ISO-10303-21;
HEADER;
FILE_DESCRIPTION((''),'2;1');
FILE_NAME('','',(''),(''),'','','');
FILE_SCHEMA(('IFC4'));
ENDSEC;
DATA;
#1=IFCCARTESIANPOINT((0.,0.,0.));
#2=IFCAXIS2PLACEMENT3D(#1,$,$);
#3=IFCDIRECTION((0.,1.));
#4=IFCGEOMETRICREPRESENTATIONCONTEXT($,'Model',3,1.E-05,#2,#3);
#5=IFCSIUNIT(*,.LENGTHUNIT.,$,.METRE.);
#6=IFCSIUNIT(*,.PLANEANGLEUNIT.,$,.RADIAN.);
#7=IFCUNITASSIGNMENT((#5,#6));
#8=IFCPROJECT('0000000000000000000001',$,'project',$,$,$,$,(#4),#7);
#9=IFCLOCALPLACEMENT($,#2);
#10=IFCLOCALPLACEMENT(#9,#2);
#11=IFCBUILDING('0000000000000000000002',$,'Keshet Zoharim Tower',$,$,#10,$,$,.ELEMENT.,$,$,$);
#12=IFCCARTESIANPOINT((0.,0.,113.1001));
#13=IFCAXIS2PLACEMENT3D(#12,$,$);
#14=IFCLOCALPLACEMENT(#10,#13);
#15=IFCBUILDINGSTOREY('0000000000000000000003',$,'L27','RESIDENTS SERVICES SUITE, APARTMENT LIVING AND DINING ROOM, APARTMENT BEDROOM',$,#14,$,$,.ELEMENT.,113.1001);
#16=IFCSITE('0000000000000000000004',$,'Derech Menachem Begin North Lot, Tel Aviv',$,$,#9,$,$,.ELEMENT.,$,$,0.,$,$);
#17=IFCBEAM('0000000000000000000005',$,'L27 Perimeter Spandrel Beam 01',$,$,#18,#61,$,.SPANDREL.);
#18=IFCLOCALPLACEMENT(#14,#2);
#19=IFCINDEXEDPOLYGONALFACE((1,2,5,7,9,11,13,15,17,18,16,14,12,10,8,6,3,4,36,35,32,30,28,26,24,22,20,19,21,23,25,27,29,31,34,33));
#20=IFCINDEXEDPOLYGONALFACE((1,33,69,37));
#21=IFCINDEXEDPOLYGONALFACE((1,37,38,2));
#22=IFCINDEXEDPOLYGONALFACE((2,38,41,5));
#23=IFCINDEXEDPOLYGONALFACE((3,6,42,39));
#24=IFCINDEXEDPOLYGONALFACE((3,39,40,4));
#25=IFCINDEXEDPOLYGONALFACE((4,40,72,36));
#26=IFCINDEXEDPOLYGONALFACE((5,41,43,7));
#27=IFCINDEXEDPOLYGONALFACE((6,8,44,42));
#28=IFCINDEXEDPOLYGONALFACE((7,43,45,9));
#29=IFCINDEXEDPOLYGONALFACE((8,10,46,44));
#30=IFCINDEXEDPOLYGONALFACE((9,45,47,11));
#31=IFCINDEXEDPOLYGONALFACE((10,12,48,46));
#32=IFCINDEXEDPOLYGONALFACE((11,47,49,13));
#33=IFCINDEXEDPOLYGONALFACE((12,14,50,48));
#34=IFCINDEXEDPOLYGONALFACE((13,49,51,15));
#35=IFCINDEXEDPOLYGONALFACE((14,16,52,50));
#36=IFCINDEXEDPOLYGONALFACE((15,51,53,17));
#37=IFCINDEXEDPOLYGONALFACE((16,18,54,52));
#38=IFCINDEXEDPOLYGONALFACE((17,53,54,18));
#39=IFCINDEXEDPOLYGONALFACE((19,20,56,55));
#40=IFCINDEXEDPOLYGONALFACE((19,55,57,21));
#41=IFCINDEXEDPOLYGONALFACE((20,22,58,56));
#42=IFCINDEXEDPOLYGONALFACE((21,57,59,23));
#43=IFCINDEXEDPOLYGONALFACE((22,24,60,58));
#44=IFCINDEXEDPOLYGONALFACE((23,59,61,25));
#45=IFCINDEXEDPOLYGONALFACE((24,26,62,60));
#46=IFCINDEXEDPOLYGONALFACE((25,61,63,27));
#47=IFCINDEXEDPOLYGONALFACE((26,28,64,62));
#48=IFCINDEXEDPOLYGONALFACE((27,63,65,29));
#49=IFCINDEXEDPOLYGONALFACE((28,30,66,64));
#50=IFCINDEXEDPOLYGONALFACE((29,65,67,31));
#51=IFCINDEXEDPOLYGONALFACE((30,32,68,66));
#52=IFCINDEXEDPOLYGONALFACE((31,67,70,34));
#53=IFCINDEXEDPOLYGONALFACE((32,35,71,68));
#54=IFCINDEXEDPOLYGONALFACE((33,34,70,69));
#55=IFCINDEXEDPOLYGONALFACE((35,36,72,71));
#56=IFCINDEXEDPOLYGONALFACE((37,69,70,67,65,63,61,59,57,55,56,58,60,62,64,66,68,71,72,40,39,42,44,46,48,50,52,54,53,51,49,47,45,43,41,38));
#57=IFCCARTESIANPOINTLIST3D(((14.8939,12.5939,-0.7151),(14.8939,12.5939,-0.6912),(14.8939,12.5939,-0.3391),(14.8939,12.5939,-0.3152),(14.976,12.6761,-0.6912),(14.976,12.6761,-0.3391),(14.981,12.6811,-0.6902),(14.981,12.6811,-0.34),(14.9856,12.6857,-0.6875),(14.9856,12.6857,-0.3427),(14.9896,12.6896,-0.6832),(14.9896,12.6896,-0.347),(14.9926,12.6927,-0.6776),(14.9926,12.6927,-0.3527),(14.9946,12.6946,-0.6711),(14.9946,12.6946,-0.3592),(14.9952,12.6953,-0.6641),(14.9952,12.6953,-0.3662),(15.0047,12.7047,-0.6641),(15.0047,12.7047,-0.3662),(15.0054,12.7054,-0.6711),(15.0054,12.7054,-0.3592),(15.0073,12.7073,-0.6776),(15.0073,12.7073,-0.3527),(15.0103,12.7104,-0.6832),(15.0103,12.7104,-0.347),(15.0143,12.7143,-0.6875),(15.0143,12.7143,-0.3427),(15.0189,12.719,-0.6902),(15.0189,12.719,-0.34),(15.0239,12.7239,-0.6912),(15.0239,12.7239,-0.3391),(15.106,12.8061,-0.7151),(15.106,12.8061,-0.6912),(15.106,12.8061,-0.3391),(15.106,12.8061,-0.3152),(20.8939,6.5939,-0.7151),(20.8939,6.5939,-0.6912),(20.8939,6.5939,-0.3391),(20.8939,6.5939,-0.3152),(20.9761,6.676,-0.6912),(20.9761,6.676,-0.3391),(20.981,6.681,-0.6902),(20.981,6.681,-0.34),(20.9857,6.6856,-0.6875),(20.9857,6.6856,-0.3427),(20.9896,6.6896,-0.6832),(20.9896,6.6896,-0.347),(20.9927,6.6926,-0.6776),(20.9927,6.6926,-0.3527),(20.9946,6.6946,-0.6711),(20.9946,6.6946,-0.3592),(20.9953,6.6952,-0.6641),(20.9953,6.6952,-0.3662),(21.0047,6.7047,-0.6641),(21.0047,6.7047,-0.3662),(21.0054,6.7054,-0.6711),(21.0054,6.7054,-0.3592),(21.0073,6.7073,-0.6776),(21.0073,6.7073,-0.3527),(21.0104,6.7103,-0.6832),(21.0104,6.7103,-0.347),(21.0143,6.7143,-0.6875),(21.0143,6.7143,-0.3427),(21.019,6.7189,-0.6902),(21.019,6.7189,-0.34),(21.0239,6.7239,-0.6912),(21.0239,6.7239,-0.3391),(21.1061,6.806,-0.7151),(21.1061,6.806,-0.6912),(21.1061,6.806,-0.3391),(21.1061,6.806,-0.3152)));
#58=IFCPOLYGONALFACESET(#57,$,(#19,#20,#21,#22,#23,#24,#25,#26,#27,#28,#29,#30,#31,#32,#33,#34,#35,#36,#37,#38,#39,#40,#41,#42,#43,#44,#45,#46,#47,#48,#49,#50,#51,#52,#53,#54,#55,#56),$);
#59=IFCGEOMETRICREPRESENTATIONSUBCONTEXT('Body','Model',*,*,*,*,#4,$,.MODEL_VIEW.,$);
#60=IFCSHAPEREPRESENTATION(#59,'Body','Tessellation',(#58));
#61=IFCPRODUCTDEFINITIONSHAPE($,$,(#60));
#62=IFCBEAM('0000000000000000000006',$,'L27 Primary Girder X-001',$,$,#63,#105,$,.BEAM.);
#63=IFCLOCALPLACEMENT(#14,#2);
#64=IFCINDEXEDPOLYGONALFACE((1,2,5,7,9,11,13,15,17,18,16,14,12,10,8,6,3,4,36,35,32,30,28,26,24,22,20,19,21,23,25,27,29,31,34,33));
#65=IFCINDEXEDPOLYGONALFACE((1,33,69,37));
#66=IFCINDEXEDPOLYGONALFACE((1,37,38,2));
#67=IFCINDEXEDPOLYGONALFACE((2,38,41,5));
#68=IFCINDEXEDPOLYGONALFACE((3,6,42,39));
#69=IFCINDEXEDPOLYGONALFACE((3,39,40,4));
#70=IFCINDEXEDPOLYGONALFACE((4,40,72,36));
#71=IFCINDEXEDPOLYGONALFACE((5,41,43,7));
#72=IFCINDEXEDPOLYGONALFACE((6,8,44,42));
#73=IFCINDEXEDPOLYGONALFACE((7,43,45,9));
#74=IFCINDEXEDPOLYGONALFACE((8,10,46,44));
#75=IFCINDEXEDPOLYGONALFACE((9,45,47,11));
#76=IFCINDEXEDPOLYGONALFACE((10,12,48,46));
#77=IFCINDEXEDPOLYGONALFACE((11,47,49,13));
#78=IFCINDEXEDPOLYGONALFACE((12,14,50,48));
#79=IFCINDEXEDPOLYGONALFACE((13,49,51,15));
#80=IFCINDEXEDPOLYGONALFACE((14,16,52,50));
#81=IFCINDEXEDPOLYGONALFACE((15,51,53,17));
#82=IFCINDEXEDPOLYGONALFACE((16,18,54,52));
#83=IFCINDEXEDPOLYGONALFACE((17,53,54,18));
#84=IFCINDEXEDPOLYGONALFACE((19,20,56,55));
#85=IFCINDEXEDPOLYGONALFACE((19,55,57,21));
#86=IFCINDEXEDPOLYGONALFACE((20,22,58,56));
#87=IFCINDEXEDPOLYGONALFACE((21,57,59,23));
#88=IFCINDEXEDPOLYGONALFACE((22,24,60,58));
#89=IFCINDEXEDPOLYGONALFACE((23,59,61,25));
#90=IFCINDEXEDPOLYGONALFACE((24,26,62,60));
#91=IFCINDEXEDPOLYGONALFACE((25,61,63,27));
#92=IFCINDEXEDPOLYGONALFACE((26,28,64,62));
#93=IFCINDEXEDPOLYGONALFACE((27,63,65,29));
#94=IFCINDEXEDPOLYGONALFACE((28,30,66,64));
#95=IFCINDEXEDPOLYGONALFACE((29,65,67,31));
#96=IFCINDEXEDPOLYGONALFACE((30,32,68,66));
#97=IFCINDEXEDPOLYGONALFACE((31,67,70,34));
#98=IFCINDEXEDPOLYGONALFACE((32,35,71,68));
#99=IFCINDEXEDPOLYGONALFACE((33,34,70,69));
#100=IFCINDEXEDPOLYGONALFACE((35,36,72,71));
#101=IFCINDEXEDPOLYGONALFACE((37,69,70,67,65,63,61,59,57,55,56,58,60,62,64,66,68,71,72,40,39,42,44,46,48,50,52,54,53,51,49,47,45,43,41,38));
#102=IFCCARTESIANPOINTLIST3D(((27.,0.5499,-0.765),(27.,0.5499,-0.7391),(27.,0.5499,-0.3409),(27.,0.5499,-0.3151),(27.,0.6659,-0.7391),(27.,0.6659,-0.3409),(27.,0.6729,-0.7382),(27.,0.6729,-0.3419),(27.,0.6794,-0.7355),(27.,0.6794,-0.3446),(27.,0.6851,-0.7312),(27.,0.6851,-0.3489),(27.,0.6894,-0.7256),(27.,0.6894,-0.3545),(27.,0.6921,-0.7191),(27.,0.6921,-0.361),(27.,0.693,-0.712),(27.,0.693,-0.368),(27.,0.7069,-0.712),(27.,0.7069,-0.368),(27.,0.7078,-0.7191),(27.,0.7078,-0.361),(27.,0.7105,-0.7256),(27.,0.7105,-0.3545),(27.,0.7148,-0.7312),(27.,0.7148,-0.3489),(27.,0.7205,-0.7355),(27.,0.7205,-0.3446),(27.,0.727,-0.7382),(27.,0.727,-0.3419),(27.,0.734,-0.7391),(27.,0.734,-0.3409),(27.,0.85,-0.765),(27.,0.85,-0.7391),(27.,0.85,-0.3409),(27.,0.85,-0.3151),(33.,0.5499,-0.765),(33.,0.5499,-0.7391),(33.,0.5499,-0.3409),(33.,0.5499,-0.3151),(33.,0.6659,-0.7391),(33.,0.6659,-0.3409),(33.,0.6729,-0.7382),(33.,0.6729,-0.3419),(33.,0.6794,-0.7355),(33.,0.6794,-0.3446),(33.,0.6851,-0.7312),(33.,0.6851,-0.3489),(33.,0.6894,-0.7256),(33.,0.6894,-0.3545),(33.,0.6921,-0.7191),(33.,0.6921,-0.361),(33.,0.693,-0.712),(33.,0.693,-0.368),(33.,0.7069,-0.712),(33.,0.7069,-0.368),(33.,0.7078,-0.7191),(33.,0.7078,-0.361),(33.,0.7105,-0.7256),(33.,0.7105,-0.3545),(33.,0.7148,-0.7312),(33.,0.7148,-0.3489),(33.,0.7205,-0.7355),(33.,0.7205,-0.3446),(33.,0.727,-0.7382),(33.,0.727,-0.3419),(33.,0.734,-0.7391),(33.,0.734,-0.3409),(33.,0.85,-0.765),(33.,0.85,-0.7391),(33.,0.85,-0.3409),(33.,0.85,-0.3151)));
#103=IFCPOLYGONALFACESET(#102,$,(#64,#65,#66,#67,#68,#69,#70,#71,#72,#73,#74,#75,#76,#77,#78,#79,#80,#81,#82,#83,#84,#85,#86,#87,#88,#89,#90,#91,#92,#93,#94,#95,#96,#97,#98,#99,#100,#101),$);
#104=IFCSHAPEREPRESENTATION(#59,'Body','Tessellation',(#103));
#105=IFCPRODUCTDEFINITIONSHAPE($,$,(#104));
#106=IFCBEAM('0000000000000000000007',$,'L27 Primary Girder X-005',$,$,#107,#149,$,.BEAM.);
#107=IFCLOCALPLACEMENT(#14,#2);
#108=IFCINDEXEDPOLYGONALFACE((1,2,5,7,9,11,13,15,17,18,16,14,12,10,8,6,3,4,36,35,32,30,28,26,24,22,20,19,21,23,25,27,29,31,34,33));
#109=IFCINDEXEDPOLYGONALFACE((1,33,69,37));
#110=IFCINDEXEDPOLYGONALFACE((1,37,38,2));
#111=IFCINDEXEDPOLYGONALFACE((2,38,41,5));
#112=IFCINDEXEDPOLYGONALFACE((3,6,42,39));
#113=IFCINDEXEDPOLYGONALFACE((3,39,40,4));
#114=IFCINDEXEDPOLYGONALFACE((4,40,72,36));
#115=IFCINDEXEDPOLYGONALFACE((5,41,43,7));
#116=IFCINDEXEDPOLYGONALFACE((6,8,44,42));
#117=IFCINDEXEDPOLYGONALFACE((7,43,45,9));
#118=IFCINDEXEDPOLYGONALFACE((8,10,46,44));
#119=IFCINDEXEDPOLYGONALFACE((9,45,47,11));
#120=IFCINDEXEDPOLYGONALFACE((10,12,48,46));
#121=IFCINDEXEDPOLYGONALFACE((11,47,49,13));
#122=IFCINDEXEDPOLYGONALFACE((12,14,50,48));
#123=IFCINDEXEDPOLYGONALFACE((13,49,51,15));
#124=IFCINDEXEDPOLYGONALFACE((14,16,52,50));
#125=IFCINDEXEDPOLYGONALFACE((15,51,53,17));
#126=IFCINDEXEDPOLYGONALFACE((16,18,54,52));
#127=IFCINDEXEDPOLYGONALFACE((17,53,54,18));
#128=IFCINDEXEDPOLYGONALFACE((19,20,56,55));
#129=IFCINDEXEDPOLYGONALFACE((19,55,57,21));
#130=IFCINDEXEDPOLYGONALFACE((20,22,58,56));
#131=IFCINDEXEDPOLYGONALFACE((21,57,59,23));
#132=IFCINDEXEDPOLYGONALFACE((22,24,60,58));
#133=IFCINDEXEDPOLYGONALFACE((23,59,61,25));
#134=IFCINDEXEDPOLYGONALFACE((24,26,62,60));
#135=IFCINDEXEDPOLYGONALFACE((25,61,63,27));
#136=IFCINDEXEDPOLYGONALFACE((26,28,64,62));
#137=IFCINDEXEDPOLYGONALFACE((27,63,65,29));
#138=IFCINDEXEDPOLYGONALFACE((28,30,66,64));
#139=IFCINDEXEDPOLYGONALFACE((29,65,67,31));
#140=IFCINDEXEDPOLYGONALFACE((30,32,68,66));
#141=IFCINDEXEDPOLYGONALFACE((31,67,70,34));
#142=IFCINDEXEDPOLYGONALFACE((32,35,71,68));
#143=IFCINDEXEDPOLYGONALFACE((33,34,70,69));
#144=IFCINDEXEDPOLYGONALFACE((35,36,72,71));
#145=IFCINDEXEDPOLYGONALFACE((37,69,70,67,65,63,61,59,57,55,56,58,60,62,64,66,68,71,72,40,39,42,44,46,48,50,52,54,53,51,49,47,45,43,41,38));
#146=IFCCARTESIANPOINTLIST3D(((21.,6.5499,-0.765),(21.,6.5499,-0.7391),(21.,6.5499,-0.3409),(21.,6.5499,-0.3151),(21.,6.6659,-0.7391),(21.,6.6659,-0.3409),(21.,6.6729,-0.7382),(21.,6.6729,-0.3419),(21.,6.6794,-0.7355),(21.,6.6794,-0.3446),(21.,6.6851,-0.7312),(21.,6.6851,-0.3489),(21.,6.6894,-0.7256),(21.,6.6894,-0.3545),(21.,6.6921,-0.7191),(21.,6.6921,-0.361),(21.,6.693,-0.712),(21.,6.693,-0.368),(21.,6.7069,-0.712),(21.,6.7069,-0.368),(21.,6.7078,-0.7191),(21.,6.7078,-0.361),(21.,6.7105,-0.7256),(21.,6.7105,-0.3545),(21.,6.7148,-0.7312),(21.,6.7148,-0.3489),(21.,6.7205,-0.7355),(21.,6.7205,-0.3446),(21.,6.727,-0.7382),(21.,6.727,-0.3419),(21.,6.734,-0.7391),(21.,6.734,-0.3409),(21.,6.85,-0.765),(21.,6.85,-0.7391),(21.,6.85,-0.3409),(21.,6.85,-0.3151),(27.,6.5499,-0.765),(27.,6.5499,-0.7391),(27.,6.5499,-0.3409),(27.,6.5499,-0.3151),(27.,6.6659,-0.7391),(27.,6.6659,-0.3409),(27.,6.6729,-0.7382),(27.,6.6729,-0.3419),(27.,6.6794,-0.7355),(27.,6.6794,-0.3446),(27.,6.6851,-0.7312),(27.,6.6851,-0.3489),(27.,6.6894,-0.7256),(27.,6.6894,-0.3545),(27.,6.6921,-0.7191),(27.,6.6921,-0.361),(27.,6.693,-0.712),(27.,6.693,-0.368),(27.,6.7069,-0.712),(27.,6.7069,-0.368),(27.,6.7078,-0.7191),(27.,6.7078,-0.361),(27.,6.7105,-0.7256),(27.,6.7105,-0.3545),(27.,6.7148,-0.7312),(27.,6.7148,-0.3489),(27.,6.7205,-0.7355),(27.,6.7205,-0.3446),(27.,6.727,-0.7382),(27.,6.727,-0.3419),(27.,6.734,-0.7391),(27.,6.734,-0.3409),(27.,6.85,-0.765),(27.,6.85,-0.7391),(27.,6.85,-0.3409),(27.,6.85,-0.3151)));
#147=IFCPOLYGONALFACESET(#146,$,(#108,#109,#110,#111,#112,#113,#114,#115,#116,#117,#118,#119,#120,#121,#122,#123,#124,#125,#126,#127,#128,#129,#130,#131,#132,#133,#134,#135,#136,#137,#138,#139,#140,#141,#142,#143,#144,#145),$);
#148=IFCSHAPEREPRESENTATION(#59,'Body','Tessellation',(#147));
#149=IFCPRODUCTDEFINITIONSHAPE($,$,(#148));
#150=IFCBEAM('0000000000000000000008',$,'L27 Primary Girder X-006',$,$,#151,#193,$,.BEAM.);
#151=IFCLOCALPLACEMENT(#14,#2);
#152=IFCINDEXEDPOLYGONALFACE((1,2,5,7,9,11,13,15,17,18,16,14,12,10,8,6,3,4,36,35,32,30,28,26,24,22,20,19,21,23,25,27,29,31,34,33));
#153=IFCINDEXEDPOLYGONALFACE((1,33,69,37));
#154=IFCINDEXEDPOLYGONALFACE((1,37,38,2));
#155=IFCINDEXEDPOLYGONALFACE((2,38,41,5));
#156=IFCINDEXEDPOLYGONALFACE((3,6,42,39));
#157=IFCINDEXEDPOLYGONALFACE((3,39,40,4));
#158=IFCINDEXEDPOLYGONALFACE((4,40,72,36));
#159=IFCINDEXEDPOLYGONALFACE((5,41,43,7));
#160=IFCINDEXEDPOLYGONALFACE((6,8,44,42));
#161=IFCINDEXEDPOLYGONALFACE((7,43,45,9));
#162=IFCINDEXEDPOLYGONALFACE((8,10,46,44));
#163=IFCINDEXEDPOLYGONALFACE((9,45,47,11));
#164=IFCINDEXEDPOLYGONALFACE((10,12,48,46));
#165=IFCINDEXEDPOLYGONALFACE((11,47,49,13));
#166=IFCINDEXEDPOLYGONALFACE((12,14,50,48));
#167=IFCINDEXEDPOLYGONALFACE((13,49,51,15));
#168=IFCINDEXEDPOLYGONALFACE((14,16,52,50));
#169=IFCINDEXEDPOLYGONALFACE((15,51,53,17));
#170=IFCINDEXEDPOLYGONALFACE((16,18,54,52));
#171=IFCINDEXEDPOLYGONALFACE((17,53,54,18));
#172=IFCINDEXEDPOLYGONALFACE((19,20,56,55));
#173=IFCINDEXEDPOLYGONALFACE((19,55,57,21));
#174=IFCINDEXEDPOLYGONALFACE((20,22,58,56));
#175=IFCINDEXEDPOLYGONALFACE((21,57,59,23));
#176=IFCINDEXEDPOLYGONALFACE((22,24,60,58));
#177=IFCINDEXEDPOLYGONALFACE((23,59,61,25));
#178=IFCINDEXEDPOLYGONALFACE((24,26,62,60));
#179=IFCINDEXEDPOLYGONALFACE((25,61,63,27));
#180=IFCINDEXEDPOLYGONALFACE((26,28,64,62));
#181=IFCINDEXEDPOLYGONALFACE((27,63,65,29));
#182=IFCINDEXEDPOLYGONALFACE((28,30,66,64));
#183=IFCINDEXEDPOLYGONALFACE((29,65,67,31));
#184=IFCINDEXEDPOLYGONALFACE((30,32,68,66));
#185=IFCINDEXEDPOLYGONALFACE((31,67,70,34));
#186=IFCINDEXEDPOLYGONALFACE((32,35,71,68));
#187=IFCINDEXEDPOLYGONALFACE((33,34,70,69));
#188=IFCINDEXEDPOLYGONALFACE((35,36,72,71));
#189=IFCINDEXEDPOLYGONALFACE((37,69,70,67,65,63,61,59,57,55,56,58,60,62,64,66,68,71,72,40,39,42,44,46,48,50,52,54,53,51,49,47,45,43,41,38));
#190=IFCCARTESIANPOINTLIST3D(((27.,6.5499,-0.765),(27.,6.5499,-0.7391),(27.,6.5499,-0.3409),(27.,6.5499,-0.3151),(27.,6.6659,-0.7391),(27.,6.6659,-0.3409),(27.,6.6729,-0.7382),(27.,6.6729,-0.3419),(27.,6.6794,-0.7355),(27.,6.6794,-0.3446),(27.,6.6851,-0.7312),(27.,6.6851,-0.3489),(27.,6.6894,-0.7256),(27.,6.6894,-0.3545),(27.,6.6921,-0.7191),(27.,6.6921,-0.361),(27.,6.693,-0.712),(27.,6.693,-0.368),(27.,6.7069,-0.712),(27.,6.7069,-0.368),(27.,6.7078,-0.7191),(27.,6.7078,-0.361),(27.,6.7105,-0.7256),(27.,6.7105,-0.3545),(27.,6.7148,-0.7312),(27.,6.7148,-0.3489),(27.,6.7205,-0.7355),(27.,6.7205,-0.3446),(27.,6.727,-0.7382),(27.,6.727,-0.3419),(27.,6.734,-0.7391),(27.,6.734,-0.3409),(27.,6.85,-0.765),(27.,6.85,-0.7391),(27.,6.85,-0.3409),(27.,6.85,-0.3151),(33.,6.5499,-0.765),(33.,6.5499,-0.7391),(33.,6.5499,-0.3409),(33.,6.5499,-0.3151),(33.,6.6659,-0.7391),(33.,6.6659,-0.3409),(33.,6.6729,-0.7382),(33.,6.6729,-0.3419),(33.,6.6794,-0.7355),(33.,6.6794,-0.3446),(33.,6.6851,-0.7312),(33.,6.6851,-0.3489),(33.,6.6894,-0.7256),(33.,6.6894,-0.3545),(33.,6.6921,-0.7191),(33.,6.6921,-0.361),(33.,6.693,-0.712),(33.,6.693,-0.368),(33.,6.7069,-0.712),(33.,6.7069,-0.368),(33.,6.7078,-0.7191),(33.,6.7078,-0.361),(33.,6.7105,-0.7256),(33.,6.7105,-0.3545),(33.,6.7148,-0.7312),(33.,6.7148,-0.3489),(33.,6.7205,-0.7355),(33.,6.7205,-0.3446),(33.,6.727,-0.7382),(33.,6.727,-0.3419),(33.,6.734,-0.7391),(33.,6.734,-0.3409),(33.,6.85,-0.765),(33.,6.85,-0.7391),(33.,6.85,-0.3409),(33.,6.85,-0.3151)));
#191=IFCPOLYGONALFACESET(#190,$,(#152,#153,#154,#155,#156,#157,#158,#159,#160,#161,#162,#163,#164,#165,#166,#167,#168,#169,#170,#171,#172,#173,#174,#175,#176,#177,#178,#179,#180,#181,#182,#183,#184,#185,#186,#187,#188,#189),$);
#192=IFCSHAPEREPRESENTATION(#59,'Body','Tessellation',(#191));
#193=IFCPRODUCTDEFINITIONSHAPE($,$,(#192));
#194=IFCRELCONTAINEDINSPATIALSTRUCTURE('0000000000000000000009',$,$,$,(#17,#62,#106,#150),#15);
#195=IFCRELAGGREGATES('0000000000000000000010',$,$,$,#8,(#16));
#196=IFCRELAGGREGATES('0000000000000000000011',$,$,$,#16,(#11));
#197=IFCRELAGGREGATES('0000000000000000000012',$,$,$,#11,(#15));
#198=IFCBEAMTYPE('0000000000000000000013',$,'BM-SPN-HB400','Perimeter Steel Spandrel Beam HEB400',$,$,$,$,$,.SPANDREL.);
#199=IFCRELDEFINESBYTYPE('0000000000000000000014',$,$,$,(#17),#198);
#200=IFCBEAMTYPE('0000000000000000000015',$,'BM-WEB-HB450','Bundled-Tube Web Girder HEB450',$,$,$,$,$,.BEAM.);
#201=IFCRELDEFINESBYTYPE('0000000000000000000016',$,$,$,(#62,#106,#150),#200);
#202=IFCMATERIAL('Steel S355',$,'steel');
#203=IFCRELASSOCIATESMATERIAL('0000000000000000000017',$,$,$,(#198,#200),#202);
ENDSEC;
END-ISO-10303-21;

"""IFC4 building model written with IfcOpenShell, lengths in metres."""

from ifc_helpers import new_model, si_unit, direction, frame, origin, origin_2d, place, context, subcontext, project, spatial, i_section, extrude, material, material_profile, profile_set, type_object, element, save


model = new_model("IFC4")

# Units and contexts
model_context = context("Model", 3, precision=1e-05, world=origin(), true_north=direction((0.0, 1.0)))
body_context = subcontext(model_context, "Body", "Model", "MODEL_VIEW")
ifc_project = project(units=[si_unit("LENGTHUNIT", "METRE"), si_unit("PLANEANGLEUNIT", "RADIAN")], contexts=[model_context])

# Site, building, storey
site_placement = place(None, origin())
site = spatial("IfcSite", under=ifc_project, at=site_placement, Name="Derech Menachem Begin North Lot, Tel Aviv", CompositionType="ELEMENT", RefElevation=0.0)
building_placement = place(site_placement, origin())
building = spatial("IfcBuilding", under=site, at=building_placement, Name="Keshet Zoharim Tower", CompositionType="ELEMENT")
storey_placement = place(building_placement, frame((0.0, 0.0, 113.1001)))
storey = spatial("IfcBuildingStorey", under=building, at=storey_placement, Name="L27", Description="RESIDENTS SERVICES SUITE, APARTMENT LIVING AND DINING ROOM, APARTMENT BEDROOM", CompositionType="ELEMENT", Elevation=113.1001)

# Shared definitions
ifc_material_1 = material(Name="Steel S355", Category="steel")

# Beams
ifc_material_profile_1 = material_profile(ifc_material_1, i_section(OverallWidth=0.3, OverallDepth=0.3999, WebThickness=0.0134, FlangeThickness=0.0239, FilletRadius=0.0271, at=origin_2d()), Name="HEB400")
ifc_profile_set_1 = profile_set([ifc_material_profile_1], Name="Steel S355")
beam_type_1 = type_object("IfcBeamType", Name="BM-SPN-HB400", Description="Perimeter Steel Spandrel Beam HEB400", PredefinedType="SPANDREL", material=ifc_profile_set_1)
beam_1_placement = place(storey_placement, frame((21.0, 6.7, -0.5151), z_axis=(-0.707107, 0.707107, 0.0), x_axis=(-0.707107, -0.707107, 0.0)))
element("IfcBeam", 1, at=beam_1_placement, inside=storey, type_object=beam_type_1, Name="L27 Perimeter Spandrel Beam 01", PredefinedType="SPANDREL", context=body_context, shape_type="SweptSolid", body=[
    extrude(i_section(OverallWidth=0.3, OverallDepth=0.3999, WebThickness=0.0134, FlangeThickness=0.0239, FilletRadius=0.0271, at=origin_2d()), origin(), (0.0, 0.0, 1.0), 8.4854),
])
ifc_material_profile_2 = material_profile(ifc_material_1, i_section(OverallWidth=0.3, OverallDepth=0.45, WebThickness=0.0139, FlangeThickness=0.0259, FilletRadius=0.0271, at=origin_2d()), Name="HEB450")
ifc_profile_set_2 = profile_set([ifc_material_profile_2], Name="Steel S355")
beam_type_2 = type_object("IfcBeamType", Name="BM-WEB-HB450", Description="Bundled-Tube Web Girder HEB450", PredefinedType="BEAM", material=ifc_profile_set_2)
for number, where, z_axis, x_axis, name in (
    (2, (27.0, 0.7, -0.54), (1.0, 0.0, 0.0), (0.0, 1.0, 0.0), "L27 Primary Girder X-001"),
    (3, (21.0, 6.7, -0.54), (1.0, 0.0, 0.0), (0.0, 1.0, 0.0), "L27 Primary Girder X-005"),
    (4, (27.0, 6.7, -0.54), (1.0, 0.0, 0.0), (0.0, 1.0, 0.0), "L27 Primary Girder X-006"),
):
    element("IfcBeam", number, at=place(storey_placement, frame(where, z_axis=z_axis, x_axis=x_axis)), inside=storey, type_object=beam_type_2, Name=name, PredefinedType="BEAM", context=body_context, shape_type="SweptSolid", body=[
        extrude(i_section(OverallWidth=0.3, OverallDepth=0.45, WebThickness=0.0139, FlangeThickness=0.0259, FilletRadius=0.0271, at=origin_2d()), origin(), (0.0, 0.0, 1.0), 6.0),
    ])

save(model, "model.ifc")
